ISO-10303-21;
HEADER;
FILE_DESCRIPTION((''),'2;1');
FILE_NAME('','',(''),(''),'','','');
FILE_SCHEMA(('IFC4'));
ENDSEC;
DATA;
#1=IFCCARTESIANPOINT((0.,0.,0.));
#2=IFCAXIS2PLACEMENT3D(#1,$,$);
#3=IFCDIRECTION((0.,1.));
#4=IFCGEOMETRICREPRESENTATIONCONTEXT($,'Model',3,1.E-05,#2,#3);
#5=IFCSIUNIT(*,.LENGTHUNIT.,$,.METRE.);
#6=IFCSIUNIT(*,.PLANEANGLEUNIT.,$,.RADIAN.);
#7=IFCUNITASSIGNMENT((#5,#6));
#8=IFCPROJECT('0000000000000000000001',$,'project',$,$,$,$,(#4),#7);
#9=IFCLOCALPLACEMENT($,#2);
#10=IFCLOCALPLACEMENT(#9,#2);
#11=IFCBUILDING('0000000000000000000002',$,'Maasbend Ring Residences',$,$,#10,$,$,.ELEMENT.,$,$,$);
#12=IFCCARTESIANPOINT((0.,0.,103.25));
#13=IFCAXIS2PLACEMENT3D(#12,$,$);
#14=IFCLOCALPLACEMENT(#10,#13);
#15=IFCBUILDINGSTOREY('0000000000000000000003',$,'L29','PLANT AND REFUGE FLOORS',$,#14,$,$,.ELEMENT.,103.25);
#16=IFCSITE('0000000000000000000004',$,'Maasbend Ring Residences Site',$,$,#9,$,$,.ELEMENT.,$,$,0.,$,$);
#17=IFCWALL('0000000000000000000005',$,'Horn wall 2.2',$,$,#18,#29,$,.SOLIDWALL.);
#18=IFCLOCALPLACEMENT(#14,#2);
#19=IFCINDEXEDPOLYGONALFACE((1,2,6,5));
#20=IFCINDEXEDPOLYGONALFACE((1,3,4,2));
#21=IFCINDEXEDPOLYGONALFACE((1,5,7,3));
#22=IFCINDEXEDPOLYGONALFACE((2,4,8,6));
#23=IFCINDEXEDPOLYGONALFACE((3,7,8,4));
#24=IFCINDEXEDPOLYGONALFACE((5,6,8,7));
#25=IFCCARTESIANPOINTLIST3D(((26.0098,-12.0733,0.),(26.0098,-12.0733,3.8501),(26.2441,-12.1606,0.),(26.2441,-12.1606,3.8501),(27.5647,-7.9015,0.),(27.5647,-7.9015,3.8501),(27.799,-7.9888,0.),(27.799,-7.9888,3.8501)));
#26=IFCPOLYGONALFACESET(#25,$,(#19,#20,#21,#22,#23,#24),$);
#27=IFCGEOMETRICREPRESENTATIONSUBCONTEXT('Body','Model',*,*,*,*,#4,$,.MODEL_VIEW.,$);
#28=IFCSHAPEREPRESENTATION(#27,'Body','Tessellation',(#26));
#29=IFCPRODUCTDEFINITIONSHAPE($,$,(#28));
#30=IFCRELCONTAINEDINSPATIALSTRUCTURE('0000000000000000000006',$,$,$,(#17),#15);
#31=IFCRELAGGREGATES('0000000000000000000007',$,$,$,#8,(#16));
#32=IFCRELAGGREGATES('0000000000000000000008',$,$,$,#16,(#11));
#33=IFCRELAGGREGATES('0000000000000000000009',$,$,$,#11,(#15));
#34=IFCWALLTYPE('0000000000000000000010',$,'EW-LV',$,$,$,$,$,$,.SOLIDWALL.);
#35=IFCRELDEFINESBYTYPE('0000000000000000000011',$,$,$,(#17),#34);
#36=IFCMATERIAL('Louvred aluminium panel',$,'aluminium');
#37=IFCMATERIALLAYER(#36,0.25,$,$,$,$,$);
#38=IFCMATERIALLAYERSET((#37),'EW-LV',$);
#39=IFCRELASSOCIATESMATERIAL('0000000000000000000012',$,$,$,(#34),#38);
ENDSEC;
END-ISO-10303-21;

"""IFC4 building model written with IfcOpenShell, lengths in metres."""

from ifc_helpers import new_model, si_unit, direction, frame, frame_2d, origin, place, context, subcontext, project, spatial, rectangle, extrude, material, layer, layer_set, type_object, element, save


model = new_model("IFC4")

# Units and contexts
model_context = context("Model", 3, precision=1e-05, world=origin(), true_north=direction((0.0, 1.0)))
body_context = subcontext(model_context, "Body", "Model", "MODEL_VIEW")
ifc_project = project(units=[si_unit("LENGTHUNIT", "METRE"), si_unit("PLANEANGLEUNIT", "RADIAN")], contexts=[model_context])

# Site, building, storey
site_placement = place(None, origin())
site = spatial("IfcSite", under=ifc_project, at=site_placement, Name="Maasbend Ring Residences Site", CompositionType="ELEMENT", RefElevation=0.0)
building_placement = place(site_placement, origin())
building = spatial("IfcBuilding", under=site, at=building_placement, Name="Maasbend Ring Residences", CompositionType="ELEMENT")
storey_placement = place(building_placement, frame((0.0, 0.0, 103.25)))
storey = spatial("IfcBuildingStorey", under=building, at=storey_placement, Name="L29", Description="PLANT AND REFUGE FLOORS", CompositionType="ELEMENT", Elevation=103.25)

# Wall
ifc_material_1 = material(Name="Louvred aluminium panel", Category="aluminium")
ifc_layer_1 = layer(ifc_material_1, 0.25)
ifc_layer_set_1 = layer_set([ifc_layer_1], Name="EW-LV")
wall_type_1 = type_object("IfcWallType", Name="EW-LV", PredefinedType="SOLIDWALL", material=ifc_layer_set_1)
wall_1_placement = place(storey_placement, frame((26.127, -12.1169, 0.0), z_axis=(0.0, 0.0, 1.0), x_axis=(0.349248, 0.93703, 0.0)))
element("IfcWall", 1, at=wall_1_placement, inside=storey, type_object=wall_type_1, Name="Horn wall 2.2", PredefinedType="SOLIDWALL", context=body_context, shape_type="SweptSolid", body=[
    extrude(rectangle(XDim=4.4521, YDim=0.25, at=frame_2d((2.2261, 0.0))), origin(), (0.0, 0.0, 1.0), 3.8501),
])

save(model, "model.ifc")
